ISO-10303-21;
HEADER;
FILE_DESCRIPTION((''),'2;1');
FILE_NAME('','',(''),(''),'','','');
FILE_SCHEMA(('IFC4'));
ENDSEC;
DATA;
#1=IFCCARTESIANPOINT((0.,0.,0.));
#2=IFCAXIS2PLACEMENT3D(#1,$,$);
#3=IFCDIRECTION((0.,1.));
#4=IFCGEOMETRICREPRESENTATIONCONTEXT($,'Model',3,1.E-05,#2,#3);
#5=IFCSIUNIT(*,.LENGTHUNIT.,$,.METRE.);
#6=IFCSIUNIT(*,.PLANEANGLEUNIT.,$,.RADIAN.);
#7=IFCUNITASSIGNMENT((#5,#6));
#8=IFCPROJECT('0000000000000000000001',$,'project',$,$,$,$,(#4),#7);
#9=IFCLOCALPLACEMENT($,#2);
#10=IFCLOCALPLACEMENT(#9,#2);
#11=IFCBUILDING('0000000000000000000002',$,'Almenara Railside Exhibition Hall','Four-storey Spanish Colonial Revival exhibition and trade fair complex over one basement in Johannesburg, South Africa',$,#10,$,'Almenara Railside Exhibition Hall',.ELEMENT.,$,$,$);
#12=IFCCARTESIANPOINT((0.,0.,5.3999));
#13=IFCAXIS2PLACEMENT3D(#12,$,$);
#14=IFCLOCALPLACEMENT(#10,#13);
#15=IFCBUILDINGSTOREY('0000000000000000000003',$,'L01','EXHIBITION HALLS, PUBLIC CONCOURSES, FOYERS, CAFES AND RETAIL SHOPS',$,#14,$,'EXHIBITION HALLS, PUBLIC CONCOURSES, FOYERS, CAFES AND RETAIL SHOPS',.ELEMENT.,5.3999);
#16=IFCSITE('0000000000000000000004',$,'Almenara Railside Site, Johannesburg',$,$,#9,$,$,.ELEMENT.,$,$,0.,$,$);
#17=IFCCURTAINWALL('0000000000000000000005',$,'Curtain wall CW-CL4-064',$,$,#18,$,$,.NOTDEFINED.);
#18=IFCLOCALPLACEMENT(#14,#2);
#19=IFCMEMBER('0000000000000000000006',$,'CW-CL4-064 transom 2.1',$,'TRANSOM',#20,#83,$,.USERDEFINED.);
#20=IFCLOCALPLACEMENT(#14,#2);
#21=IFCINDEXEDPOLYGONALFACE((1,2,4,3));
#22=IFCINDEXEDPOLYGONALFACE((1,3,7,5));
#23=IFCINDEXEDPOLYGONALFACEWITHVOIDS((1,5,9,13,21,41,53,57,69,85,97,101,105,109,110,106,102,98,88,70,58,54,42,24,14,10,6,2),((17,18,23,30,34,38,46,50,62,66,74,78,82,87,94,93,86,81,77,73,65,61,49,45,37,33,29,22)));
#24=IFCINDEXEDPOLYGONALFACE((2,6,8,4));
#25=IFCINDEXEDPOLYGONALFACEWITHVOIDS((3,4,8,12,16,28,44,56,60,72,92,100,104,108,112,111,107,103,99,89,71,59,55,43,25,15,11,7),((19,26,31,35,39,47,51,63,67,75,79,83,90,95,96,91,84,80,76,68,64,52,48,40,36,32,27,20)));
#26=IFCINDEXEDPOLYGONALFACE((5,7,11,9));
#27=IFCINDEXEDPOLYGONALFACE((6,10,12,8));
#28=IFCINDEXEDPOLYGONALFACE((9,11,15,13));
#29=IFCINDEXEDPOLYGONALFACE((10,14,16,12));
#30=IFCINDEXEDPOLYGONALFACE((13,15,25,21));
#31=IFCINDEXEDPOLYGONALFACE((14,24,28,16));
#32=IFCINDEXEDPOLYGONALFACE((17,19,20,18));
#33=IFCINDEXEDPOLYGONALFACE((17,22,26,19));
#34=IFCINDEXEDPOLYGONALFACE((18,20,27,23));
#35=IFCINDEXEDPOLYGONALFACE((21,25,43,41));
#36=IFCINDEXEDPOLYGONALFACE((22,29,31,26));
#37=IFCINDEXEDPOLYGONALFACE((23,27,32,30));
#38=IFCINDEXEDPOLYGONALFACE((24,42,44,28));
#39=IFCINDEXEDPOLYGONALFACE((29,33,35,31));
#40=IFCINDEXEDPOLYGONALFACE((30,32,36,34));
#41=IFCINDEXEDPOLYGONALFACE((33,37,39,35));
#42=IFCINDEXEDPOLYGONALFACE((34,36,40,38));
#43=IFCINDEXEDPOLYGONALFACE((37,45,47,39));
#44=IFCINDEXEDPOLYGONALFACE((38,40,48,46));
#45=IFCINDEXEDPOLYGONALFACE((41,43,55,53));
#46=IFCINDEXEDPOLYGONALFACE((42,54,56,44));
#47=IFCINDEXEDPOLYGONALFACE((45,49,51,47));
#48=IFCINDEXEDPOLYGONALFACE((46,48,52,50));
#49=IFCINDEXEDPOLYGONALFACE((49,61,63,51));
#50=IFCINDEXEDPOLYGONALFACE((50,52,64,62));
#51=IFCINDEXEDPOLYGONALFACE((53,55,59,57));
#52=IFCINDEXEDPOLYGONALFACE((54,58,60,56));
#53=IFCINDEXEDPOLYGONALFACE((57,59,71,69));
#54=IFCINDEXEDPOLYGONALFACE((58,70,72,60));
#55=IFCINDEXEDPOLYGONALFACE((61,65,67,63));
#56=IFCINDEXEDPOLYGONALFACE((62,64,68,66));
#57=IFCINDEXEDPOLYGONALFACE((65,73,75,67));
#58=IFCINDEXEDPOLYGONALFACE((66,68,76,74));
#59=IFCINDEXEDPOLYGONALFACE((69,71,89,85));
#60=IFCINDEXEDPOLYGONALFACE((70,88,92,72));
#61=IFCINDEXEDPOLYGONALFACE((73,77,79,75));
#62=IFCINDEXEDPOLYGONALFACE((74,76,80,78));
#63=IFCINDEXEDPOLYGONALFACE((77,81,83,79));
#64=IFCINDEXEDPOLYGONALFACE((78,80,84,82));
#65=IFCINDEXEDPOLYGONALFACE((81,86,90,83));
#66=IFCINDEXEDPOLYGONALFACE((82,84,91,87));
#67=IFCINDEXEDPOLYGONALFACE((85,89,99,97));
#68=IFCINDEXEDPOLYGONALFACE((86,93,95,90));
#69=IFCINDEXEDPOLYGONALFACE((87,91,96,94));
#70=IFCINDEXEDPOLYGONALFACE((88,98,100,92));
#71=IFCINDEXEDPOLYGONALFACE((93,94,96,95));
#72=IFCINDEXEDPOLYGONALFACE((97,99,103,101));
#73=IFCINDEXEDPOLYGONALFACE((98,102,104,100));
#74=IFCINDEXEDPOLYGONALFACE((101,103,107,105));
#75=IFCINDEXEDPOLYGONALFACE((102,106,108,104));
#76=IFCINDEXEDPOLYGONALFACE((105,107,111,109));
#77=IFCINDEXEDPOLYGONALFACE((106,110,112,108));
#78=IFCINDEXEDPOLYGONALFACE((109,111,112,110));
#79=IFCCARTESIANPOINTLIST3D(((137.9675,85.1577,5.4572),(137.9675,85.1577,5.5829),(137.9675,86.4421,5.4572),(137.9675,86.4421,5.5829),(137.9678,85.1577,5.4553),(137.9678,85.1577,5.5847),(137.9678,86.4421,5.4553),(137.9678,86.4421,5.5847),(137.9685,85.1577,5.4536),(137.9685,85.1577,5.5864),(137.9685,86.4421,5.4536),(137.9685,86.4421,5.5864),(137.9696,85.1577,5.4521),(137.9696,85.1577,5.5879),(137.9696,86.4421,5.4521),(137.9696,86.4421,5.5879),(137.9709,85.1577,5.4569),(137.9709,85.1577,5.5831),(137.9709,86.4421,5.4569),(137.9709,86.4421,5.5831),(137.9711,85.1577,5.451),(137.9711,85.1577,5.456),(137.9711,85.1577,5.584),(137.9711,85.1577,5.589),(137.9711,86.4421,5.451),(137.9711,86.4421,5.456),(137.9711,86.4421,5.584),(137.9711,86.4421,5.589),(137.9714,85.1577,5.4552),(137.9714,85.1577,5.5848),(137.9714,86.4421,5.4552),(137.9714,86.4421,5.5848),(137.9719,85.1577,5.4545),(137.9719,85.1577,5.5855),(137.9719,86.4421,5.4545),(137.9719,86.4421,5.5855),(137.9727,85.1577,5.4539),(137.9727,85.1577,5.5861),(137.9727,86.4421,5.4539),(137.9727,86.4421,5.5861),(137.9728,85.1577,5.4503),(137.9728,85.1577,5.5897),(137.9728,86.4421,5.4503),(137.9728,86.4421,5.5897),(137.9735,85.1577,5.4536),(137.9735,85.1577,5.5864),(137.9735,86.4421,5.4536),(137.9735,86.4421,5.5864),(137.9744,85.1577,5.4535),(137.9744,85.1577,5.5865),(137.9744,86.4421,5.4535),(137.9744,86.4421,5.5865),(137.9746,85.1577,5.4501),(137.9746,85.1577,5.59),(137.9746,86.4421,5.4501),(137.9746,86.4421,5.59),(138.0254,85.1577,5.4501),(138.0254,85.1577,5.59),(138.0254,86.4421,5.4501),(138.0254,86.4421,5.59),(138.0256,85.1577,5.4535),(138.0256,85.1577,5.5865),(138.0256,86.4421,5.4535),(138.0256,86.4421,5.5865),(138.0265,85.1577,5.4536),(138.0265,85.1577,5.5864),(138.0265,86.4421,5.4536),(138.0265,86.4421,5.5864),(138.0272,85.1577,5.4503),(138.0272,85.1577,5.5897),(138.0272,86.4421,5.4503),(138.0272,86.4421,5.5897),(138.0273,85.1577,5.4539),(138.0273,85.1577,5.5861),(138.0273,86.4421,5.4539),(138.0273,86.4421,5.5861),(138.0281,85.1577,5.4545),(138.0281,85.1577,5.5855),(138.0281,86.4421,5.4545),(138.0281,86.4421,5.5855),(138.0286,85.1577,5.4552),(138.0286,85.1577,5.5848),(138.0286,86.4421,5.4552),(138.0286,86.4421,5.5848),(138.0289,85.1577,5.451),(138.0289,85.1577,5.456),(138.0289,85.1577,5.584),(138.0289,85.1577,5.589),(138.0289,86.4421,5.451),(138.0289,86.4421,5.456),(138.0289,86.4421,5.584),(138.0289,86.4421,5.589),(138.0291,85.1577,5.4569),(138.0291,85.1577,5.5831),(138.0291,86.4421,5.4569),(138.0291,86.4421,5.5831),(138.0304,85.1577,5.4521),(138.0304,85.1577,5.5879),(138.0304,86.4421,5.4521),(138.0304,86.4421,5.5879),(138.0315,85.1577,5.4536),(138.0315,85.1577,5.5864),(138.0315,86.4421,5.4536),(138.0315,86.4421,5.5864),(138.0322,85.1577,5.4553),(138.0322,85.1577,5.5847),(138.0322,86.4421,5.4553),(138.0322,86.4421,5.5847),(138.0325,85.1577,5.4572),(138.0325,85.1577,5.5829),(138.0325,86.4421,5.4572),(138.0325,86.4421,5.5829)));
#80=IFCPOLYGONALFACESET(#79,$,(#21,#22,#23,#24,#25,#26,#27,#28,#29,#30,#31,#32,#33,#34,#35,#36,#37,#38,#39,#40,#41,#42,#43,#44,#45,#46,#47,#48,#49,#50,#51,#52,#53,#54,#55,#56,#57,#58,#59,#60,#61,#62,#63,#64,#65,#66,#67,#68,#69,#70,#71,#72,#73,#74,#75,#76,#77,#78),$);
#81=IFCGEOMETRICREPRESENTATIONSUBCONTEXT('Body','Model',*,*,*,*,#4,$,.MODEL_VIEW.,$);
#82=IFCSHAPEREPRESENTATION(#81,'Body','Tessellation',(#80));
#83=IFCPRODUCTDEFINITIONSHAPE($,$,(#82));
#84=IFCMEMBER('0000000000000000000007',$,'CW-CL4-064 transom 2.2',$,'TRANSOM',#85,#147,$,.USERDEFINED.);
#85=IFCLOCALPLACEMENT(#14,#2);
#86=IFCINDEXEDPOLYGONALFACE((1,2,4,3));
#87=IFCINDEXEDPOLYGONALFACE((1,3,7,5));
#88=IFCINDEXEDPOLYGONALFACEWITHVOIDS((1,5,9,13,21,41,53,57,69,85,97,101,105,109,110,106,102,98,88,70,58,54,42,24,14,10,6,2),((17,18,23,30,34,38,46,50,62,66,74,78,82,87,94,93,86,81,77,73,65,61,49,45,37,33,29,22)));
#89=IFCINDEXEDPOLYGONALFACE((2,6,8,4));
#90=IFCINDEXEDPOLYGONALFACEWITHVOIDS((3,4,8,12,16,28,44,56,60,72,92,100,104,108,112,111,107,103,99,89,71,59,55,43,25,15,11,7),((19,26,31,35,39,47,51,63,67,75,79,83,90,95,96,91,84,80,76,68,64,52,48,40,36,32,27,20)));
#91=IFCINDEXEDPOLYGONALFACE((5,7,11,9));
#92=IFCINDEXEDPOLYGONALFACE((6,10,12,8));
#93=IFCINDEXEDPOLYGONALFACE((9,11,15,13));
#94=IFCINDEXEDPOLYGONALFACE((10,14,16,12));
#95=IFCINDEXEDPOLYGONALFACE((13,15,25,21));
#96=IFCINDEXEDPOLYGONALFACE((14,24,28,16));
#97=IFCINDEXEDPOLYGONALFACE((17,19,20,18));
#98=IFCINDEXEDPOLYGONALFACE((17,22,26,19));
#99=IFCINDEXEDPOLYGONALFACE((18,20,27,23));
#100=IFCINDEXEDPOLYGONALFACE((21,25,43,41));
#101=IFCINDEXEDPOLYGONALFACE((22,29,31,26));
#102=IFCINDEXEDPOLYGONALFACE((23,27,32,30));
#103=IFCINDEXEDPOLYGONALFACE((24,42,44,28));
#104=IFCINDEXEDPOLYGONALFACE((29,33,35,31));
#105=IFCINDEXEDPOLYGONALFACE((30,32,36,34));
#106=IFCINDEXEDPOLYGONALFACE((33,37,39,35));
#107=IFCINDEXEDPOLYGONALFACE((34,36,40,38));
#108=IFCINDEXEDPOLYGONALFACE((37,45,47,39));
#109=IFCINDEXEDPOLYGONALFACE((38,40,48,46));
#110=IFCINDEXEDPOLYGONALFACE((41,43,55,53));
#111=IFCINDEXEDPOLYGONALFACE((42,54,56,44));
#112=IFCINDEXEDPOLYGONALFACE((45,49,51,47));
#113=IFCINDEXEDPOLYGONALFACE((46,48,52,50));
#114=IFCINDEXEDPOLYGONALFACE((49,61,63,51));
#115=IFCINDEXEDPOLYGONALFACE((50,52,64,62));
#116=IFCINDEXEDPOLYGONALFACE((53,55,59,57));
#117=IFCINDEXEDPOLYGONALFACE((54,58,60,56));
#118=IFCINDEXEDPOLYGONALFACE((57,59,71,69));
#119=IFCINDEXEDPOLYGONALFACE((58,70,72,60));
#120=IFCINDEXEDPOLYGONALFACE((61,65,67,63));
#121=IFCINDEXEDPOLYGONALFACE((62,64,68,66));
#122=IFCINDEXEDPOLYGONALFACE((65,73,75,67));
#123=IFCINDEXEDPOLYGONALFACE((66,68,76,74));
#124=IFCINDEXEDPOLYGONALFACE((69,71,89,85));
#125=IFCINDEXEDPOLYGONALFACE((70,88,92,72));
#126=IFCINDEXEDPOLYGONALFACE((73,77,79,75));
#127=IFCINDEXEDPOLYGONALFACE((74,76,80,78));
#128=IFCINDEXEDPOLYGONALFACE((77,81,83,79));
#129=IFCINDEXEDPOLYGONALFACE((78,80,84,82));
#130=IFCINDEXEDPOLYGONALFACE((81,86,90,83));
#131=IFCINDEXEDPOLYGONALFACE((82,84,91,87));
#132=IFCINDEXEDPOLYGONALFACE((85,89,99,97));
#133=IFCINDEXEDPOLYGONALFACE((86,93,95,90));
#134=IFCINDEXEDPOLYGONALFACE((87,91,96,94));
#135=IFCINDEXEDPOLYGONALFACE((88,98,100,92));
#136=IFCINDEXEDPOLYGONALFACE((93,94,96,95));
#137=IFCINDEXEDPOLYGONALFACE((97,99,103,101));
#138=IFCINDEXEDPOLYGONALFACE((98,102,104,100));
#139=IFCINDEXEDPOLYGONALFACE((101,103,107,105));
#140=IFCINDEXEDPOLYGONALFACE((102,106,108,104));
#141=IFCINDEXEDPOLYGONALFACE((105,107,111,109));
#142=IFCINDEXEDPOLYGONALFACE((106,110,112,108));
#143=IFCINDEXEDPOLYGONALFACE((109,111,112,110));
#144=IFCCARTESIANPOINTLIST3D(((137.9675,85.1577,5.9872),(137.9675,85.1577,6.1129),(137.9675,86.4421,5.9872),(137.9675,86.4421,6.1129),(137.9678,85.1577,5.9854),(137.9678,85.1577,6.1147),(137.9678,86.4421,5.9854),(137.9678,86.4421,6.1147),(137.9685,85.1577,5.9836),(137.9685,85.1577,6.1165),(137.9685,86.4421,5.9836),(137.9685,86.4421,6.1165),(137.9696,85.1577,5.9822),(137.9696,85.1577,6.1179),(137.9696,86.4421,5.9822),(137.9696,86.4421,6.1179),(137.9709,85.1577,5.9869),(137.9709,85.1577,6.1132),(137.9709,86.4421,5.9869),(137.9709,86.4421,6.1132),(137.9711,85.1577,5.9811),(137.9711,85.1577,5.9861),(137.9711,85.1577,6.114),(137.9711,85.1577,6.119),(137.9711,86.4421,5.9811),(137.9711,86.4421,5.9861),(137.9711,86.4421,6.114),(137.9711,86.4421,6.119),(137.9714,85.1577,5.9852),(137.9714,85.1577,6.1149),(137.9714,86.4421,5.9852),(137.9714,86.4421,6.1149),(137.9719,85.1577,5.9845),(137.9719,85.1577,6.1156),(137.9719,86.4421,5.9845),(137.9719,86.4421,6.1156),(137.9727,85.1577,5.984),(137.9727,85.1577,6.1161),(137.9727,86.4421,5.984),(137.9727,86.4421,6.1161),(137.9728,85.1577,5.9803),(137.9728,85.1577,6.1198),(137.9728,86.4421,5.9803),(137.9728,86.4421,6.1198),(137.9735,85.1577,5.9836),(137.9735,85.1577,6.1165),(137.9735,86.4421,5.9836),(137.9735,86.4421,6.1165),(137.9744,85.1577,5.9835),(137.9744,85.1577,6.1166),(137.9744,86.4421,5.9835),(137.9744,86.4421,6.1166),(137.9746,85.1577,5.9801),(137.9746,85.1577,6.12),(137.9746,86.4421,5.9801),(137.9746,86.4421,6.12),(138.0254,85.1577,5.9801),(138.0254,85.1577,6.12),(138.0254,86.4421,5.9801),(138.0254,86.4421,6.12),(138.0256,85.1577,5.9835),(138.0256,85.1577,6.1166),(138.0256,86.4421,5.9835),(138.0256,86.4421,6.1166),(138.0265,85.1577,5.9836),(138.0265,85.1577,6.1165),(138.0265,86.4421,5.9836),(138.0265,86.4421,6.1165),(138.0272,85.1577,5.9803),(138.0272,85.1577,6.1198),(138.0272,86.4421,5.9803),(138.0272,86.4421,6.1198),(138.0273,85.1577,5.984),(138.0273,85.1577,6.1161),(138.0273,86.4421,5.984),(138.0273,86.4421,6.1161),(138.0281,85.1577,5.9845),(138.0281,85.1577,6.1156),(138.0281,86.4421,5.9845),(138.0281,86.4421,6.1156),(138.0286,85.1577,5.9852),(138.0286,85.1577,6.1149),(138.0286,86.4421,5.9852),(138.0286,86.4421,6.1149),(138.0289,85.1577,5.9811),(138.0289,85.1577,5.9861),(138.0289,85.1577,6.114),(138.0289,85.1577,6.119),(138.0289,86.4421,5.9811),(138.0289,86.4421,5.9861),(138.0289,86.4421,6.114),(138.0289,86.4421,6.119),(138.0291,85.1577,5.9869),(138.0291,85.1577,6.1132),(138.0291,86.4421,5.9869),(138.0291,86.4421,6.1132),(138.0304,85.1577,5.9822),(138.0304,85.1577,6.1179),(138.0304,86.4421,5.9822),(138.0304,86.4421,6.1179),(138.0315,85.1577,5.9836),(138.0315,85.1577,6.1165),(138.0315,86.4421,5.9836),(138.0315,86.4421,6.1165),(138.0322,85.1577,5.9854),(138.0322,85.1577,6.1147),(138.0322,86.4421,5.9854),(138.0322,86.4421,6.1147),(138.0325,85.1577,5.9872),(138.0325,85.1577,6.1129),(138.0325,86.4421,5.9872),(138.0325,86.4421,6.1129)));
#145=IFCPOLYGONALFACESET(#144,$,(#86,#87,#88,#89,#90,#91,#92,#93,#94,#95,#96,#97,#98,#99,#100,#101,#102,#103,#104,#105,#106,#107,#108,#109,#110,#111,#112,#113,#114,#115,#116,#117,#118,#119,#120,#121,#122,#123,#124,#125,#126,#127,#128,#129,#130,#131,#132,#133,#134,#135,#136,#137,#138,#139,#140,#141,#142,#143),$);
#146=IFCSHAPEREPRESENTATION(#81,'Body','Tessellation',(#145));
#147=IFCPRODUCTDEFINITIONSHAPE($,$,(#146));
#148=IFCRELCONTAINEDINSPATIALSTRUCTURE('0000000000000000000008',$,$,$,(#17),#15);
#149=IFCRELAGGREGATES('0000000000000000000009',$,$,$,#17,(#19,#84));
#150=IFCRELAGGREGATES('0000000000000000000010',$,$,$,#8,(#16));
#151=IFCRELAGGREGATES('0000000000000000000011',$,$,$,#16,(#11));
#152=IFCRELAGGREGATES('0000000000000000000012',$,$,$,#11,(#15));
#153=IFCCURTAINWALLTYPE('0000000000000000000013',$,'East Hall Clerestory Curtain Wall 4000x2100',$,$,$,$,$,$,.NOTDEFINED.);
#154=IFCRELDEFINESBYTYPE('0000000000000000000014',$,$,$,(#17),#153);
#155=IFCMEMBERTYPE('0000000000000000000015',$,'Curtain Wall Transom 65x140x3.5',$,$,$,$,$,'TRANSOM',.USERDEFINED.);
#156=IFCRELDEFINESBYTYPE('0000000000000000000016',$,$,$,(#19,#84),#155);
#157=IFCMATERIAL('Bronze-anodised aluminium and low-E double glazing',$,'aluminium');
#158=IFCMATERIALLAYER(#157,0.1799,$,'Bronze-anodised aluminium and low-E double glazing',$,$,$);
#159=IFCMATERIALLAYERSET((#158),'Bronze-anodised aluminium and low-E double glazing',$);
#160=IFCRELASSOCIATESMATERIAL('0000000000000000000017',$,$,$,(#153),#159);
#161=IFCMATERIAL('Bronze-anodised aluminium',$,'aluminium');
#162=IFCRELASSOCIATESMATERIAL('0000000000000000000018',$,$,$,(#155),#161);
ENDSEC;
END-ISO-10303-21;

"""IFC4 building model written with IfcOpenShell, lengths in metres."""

from ifc_helpers import new_model, si_unit, direction, frame, origin, origin_2d, place, context, subcontext, project, spatial, hollow_rectangle, extrude, material, layer, layer_set, material_profile, profile_set, type_object, element, aggregate, save


model = new_model("IFC4")

# Units and contexts
model_context = context("Model", 3, precision=1e-05, world=origin(), true_north=direction((0.0, 1.0)))
body_context = subcontext(model_context, "Body", "Model", "MODEL_VIEW")
ifc_project = project(units=[si_unit("LENGTHUNIT", "METRE"), si_unit("PLANEANGLEUNIT", "RADIAN")], contexts=[model_context])

# Site, building, storey
site_placement = place(None, origin())
site = spatial("IfcSite", under=ifc_project, at=site_placement, Name="Almenara Railside Site, Johannesburg", CompositionType="ELEMENT", RefElevation=0.0)
building_placement = place(site_placement, origin())
building = spatial("IfcBuilding", under=site, at=building_placement, Name="Almenara Railside Exhibition Hall", Description="Four-storey Spanish Colonial Revival exhibition and trade fair complex over one basement in Johannesburg, South Africa", LongName="Almenara Railside Exhibition Hall", CompositionType="ELEMENT")
storey_placement = place(building_placement, frame((0.0, 0.0, 5.3999)))
storey = spatial("IfcBuildingStorey", under=building, at=storey_placement, Name="L01", Description="EXHIBITION HALLS, PUBLIC CONCOURSES, FOYERS, CAFES AND RETAIL SHOPS", LongName="EXHIBITION HALLS, PUBLIC CONCOURSES, FOYERS, CAFES AND RETAIL SHOPS", CompositionType="ELEMENT", Elevation=5.3999)

# Curtain wall
ifc_material_1 = material(Name="Bronze-anodised aluminium and low-E double glazing", Category="aluminium")
ifc_layer_1 = layer(ifc_material_1, 0.1799, Name="Bronze-anodised aluminium and low-E double glazing")
ifc_layer_set_1 = layer_set([ifc_layer_1], Name="Bronze-anodised aluminium and low-E double glazing")
curtain_wall_type = type_object("IfcCurtainWallType", Name="East Hall Clerestory Curtain Wall 4000x2100", PredefinedType="NOTDEFINED", material=ifc_layer_set_1)
curtain_wall_1_placement = place(storey_placement, origin())
curtain_wall_1 = element("IfcCurtainWall", 1, at=curtain_wall_1_placement, inside=storey, type_object=curtain_wall_type, Name="Curtain wall CW-CL4-064", PredefinedType="NOTDEFINED")
ifc_material_2 = material(Name="Bronze-anodised aluminium", Category="aluminium")

# Members
ifc_material_profile_1 = material_profile(ifc_material_2, hollow_rectangle(XDim=0.0649, YDim=0.1399, WallThickness=0.0034, InnerFilletRadius=0.0034, OuterFilletRadius=0.0071, at=origin_2d()), Name="ALU-TRN 65x140x3.5")
ifc_profile_set_1 = profile_set([ifc_material_profile_1], Name="Bronze-anodised aluminium")
member_type_1 = type_object("IfcMemberType", Name="Curtain Wall Transom 65x140x3.5", ElementType="TRANSOM", PredefinedType="USERDEFINED", material=ifc_profile_set_1)
member_1_placement = place(storey_placement, frame((138.0, 85.1577, 5.52), z_axis=(0.0, 1.0, 0.0), x_axis=(-1.0, 0.0, 0.0)))
member_1 = element("IfcMember", 2, at=member_1_placement, type_object=member_type_1, Name="CW-CL4-064 transom 2.1", ObjectType="TRANSOM", PredefinedType="USERDEFINED", context=body_context, shape_type="SweptSolid", body=[
    extrude(hollow_rectangle(XDim=0.0649, YDim=0.1399, WallThickness=0.0034, InnerFilletRadius=0.0034, OuterFilletRadius=0.0071, at=origin_2d()), origin(), (0.0, 0.0, 1.0), 1.2844),
])
member_2_placement = place(storey_placement, frame((138.0, 85.1577, 6.05), z_axis=(0.0, 1.0, 0.0), x_axis=(-1.0, 0.0, 0.0)))
member_2 = element("IfcMember", 3, at=member_2_placement, type_object=member_type_1, Name="CW-CL4-064 transom 2.2", ObjectType="TRANSOM", PredefinedType="USERDEFINED", context=body_context, shape_type="SweptSolid", body=[
    extrude(hollow_rectangle(XDim=0.0649, YDim=0.1399, WallThickness=0.0034, InnerFilletRadius=0.0034, OuterFilletRadius=0.0071, at=origin_2d()), origin(), (0.0, 0.0, 1.0), 1.2844),
])

aggregate(curtain_wall_1, [member_1, member_2])

save(model, "model.ifc")
